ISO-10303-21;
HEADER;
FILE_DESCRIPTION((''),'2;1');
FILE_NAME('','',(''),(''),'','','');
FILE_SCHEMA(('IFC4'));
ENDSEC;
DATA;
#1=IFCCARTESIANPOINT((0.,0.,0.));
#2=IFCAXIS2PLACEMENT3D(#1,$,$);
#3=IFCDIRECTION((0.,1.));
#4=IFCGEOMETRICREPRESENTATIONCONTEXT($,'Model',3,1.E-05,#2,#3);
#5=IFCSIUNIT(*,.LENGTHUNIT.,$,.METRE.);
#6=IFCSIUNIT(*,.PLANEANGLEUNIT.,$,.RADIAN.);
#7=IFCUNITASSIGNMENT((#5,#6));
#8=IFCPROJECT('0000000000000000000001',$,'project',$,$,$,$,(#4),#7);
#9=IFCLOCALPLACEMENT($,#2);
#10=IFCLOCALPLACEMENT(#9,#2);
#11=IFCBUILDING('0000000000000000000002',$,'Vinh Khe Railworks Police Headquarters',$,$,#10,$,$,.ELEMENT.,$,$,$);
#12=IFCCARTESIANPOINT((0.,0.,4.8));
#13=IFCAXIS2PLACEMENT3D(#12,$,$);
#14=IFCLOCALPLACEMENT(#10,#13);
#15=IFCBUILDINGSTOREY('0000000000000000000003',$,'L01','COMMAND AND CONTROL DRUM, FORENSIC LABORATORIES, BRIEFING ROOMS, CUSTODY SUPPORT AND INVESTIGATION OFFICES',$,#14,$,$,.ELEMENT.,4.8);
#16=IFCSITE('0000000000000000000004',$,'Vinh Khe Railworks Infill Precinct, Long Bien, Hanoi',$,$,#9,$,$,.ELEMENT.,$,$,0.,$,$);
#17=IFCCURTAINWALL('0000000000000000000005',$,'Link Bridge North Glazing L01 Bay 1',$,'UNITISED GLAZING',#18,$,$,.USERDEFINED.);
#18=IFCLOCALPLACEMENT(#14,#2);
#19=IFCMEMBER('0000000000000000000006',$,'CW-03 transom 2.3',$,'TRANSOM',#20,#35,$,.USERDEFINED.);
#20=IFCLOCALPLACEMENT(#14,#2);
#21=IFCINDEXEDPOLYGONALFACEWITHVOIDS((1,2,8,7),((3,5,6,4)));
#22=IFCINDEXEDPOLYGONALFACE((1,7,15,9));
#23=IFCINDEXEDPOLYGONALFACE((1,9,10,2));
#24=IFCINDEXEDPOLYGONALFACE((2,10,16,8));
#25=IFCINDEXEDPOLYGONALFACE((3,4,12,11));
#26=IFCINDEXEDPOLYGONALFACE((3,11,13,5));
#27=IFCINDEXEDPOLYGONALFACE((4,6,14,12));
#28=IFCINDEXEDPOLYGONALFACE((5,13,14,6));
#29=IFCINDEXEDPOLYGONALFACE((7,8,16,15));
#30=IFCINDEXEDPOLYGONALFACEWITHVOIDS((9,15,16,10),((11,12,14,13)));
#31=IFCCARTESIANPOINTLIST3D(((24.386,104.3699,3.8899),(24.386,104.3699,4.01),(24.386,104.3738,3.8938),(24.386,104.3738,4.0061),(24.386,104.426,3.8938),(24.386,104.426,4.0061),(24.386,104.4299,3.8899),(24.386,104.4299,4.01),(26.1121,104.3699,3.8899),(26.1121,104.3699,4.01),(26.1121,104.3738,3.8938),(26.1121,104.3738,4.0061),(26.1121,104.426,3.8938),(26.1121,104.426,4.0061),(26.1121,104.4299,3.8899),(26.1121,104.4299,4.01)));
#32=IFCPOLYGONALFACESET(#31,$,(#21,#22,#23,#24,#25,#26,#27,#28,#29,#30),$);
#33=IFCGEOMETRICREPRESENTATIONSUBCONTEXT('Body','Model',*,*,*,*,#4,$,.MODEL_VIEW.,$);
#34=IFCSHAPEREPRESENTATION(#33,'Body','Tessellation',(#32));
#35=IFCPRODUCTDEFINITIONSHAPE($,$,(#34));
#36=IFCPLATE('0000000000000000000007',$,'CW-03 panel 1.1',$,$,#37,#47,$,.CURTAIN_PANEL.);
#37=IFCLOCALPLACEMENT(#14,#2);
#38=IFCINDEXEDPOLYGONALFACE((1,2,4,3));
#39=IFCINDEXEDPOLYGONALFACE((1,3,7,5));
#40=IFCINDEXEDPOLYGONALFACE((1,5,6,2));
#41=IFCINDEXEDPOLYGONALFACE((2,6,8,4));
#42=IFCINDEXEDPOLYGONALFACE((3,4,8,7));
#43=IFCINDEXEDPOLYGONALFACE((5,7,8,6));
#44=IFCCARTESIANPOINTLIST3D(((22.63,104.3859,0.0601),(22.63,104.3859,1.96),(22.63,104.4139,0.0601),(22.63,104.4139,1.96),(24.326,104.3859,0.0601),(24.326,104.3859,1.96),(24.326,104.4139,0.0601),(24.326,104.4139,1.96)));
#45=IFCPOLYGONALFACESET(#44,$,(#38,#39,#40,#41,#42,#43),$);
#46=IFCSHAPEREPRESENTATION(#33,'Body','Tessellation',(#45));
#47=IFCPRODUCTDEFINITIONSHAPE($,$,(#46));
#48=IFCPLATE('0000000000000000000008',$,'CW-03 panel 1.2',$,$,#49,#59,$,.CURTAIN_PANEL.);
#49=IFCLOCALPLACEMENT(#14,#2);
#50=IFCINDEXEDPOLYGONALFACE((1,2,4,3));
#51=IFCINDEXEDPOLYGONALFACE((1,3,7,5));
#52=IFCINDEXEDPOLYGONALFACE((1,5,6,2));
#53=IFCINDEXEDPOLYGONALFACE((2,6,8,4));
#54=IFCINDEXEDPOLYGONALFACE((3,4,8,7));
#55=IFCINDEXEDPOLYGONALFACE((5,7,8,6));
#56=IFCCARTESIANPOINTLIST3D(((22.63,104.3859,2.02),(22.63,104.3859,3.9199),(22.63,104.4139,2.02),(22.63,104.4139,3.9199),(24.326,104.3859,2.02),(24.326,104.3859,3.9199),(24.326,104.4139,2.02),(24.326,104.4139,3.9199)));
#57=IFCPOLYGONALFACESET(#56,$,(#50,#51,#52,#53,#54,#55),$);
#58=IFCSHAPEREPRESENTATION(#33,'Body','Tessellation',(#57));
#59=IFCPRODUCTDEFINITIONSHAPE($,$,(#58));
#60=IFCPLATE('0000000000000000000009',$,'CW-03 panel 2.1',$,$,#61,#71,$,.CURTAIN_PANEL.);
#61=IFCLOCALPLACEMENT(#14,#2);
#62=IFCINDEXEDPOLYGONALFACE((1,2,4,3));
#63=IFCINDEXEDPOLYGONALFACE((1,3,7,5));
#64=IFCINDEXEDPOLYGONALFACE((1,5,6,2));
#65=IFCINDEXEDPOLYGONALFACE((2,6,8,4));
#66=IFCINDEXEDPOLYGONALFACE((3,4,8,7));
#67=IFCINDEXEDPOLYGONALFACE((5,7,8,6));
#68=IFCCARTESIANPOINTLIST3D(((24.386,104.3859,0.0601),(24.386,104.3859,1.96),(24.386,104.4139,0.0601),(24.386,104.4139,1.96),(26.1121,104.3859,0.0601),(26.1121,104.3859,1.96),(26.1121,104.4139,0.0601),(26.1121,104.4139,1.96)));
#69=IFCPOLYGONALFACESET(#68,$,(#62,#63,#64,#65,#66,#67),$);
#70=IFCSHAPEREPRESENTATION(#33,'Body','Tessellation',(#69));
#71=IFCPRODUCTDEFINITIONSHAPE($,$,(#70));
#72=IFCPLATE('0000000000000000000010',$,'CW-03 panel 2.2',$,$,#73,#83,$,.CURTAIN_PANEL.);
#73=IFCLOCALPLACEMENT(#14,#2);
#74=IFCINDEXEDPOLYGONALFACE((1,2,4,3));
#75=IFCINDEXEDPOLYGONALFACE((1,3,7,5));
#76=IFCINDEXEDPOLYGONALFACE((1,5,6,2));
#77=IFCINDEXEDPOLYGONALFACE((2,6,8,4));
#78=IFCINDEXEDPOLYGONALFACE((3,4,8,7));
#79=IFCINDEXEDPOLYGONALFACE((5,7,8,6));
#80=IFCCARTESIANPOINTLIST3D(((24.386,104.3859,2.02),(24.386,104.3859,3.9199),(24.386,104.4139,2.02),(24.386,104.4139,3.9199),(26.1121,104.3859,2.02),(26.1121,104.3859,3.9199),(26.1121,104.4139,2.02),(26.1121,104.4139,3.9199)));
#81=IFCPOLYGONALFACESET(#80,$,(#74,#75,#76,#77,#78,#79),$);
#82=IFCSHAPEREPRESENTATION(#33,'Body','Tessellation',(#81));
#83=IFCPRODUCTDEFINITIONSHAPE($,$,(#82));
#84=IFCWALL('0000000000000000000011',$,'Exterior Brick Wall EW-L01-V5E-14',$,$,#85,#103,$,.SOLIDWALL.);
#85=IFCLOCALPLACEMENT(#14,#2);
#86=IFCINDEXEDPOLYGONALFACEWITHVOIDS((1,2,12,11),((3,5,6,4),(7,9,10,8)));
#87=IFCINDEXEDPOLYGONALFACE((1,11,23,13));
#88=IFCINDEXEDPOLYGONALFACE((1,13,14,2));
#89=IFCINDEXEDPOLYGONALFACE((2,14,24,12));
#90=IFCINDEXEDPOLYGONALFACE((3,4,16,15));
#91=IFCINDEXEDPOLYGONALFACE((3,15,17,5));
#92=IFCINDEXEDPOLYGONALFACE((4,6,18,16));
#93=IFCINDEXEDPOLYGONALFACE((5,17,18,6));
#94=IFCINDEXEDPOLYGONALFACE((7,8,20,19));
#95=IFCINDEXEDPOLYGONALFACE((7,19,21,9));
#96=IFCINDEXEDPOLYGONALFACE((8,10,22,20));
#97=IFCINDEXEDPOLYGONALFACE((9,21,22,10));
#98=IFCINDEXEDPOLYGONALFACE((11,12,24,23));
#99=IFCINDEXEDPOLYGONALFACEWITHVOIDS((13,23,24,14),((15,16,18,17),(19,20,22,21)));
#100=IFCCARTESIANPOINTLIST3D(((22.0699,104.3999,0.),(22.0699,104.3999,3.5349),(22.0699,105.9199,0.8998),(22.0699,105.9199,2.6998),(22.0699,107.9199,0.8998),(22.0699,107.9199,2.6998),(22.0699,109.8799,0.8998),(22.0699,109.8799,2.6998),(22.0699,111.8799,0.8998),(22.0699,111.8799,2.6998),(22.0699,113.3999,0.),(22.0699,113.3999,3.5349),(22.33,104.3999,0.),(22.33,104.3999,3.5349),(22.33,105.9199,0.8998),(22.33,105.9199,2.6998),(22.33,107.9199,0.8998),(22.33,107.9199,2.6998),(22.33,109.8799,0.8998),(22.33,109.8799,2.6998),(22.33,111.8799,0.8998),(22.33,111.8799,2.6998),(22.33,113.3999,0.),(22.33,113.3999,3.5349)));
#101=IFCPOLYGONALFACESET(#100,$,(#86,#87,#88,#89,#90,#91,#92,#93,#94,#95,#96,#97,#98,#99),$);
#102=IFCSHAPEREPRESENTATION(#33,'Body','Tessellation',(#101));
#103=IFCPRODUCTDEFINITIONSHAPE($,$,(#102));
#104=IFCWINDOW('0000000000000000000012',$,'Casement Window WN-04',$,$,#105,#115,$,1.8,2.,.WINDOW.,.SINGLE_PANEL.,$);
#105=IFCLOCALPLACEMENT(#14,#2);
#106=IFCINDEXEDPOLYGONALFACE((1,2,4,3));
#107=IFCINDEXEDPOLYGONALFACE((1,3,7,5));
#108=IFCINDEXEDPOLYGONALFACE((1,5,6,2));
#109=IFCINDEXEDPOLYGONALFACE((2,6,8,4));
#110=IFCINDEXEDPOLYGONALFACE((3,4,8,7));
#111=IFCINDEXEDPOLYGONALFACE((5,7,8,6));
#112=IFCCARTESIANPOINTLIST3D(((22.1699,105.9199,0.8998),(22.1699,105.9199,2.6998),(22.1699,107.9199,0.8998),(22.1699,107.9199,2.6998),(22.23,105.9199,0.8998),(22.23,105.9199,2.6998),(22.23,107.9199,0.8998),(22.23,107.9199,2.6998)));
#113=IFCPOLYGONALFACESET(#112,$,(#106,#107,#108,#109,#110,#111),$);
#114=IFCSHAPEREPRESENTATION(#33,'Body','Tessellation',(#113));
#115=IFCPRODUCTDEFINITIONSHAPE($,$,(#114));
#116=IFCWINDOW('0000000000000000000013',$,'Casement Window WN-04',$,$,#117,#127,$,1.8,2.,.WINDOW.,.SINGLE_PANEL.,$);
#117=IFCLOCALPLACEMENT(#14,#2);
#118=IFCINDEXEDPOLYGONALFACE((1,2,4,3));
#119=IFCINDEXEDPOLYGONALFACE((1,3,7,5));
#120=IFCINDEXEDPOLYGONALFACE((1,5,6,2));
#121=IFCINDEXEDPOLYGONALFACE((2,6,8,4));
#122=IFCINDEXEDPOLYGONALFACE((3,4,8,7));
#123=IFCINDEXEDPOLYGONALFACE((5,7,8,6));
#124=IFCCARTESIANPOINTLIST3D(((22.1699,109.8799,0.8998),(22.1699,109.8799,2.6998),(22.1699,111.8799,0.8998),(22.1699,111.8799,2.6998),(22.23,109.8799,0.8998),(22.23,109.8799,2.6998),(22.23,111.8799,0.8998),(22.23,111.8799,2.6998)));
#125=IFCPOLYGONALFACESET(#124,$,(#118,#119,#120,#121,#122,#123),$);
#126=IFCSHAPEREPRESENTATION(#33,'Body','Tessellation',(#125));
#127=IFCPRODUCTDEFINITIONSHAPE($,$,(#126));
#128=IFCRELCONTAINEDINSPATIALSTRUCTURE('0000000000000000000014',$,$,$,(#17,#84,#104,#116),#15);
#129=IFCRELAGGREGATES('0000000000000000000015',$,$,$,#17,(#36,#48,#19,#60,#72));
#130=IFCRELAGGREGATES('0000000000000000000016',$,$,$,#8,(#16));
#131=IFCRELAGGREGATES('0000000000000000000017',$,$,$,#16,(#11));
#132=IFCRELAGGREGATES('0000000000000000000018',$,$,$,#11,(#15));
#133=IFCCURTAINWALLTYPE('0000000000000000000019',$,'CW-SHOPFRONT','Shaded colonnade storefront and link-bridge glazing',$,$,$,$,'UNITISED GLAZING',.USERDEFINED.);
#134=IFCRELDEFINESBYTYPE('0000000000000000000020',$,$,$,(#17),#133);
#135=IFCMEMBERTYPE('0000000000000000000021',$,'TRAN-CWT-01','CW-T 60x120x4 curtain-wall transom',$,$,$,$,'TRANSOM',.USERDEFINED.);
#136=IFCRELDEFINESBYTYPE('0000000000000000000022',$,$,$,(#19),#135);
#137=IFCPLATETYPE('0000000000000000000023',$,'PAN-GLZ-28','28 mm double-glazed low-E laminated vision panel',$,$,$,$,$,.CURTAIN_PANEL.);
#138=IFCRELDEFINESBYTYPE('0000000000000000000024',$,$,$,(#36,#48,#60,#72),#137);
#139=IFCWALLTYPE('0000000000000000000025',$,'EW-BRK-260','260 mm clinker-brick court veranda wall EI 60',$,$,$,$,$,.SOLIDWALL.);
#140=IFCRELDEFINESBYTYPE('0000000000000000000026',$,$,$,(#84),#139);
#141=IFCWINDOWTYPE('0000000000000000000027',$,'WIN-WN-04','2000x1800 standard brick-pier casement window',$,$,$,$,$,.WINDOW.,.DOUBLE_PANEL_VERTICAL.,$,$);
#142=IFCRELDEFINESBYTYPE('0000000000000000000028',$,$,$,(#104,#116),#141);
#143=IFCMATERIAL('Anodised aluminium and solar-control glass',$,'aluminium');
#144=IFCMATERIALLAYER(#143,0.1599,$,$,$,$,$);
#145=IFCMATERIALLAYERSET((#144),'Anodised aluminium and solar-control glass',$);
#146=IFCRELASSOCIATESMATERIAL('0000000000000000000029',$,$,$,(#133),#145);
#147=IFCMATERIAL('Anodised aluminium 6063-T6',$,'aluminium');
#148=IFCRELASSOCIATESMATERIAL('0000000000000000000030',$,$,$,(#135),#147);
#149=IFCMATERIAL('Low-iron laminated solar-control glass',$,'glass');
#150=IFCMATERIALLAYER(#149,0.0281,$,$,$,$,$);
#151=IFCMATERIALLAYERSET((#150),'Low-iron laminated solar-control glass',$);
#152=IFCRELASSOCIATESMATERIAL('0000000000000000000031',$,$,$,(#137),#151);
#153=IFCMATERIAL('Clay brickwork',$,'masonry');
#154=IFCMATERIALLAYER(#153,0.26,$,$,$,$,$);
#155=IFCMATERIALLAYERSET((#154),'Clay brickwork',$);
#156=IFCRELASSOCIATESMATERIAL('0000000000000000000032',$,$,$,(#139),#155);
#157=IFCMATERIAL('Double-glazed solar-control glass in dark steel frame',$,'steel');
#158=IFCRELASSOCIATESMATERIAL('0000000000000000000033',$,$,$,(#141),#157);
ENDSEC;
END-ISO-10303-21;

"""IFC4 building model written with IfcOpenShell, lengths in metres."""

from ifc_helpers import new_model, si_unit, direction, frame, frame_2d, origin, origin_2d, place, context, subcontext, project, spatial, rectangle, hollow_rectangle, extrude, material, layer, layer_set, material_profile, profile_set, type_object, element, fill, aggregate, save


model = new_model("IFC4")

# Units and contexts
model_context = context("Model", 3, precision=1e-05, world=origin(), true_north=direction((0.0, 1.0)))
body_context = subcontext(model_context, "Body", "Model", "MODEL_VIEW")
ifc_project = project(units=[si_unit("LENGTHUNIT", "METRE"), si_unit("PLANEANGLEUNIT", "RADIAN")], contexts=[model_context])

# Site, building, storey
site_placement = place(None, origin())
site = spatial("IfcSite", under=ifc_project, at=site_placement, Name="Vinh Khe Railworks Infill Precinct, Long Bien, Hanoi", CompositionType="ELEMENT", RefElevation=0.0)
building_placement = place(site_placement, origin())
building = spatial("IfcBuilding", under=site, at=building_placement, Name="Vinh Khe Railworks Police Headquarters", CompositionType="ELEMENT")
storey_placement = place(building_placement, frame((0.0, 0.0, 4.8)))
storey = spatial("IfcBuildingStorey", under=building, at=storey_placement, Name="L01", Description="COMMAND AND CONTROL DRUM, FORENSIC LABORATORIES, BRIEFING ROOMS, CUSTODY SUPPORT AND INVESTIGATION OFFICES", CompositionType="ELEMENT", Elevation=4.8)

# Shared definitions
ifc_material_1 = material(Name="Anodised aluminium and solar-control glass", Category="aluminium")
ifc_layer_1 = layer(ifc_material_1, 0.1599)
ifc_layer_set_1 = layer_set([ifc_layer_1], Name="Anodised aluminium and solar-control glass")
curtain_wall_type = type_object("IfcCurtainWallType", Name="CW-SHOPFRONT", Description="Shaded colonnade storefront and link-bridge glazing", ElementType="UNITISED GLAZING", PredefinedType="USERDEFINED", material=ifc_layer_set_1)
ifc_material_2 = material(Name="Anodised aluminium 6063-T6", Category="aluminium")

# Curtain wall
curtain_wall_1_placement = place(storey_placement, origin())
curtain_wall_1 = element("IfcCurtainWall", 1, at=curtain_wall_1_placement, inside=storey, type_object=curtain_wall_type, Name="Link Bridge North Glazing L01 Bay 1", ObjectType="UNITISED GLAZING", PredefinedType="USERDEFINED")

# Member
ifc_material_profile_1 = material_profile(ifc_material_2, hollow_rectangle(XDim=0.0601, YDim=0.1201, WallThickness=0.0039, at=origin_2d()), Name="CW-T 60x120x4")
ifc_profile_set_1 = profile_set([ifc_material_profile_1], Name="Anodised aluminium 6063-T6")
member_type_1 = type_object("IfcMemberType", Name="TRAN-CWT-01", Description="CW-T 60x120x4 curtain-wall transom", ElementType="TRANSOM", PredefinedType="USERDEFINED", material=ifc_profile_set_1)
member_1_placement = place(storey_placement, frame((24.386, 104.3999, 3.95), z_axis=(1.0, 0.0, 0.0), x_axis=(0.0, 1.0, 0.0)))
member_1 = element("IfcMember", 2, at=member_1_placement, type_object=member_type_1, Name="CW-03 transom 2.3", ObjectType="TRANSOM", PredefinedType="USERDEFINED", context=body_context, shape_type="SweptSolid", body=[
    extrude(hollow_rectangle(XDim=0.0601, YDim=0.1201, WallThickness=0.0039, at=origin_2d()), origin(), (0.0, 0.0, 1.0), 1.7261),
])

# Plates
ifc_material_3 = material(Name="Low-iron laminated solar-control glass", Category="glass")
ifc_layer_2 = layer(ifc_material_3, 0.0281)
ifc_layer_set_2 = layer_set([ifc_layer_2], Name="Low-iron laminated solar-control glass")
plate_type = type_object("IfcPlateType", Name="PAN-GLZ-28", Description="28 mm double-glazed low-E laminated vision panel", PredefinedType="CURTAIN_PANEL", material=ifc_layer_set_2)
plate_1_placement = place(storey_placement, frame((23.478, 104.3999, 0.0601), z_axis=(0.0, 0.0, 1.0), x_axis=(1.0, 0.0, 0.0)))
plate_1 = element("IfcPlate", 3, at=plate_1_placement, type_object=plate_type, Name="CW-03 panel 1.1", PredefinedType="CURTAIN_PANEL", context=body_context, shape_type="SweptSolid", body=[
    extrude(rectangle(XDim=1.696, YDim=0.0281, at=origin_2d()), origin(), (0.0, 0.0, 1.0), 1.8999),
])
plate_2_placement = place(storey_placement, frame((23.478, 104.3999, 2.02), z_axis=(0.0, 0.0, 1.0), x_axis=(1.0, 0.0, 0.0)))
plate_2 = element("IfcPlate", 4, at=plate_2_placement, type_object=plate_type, Name="CW-03 panel 1.2", PredefinedType="CURTAIN_PANEL", context=body_context, shape_type="SweptSolid", body=[
    extrude(rectangle(XDim=1.696, YDim=0.0281, at=origin_2d()), origin(), (0.0, 0.0, 1.0), 1.8999),
])
plate_3_placement = place(storey_placement, frame((25.249, 104.3999, 0.0601), z_axis=(0.0, 0.0, 1.0), x_axis=(1.0, 0.0, 0.0)))
plate_3 = element("IfcPlate", 5, at=plate_3_placement, type_object=plate_type, Name="CW-03 panel 2.1", PredefinedType="CURTAIN_PANEL", context=body_context, shape_type="SweptSolid", body=[
    extrude(rectangle(XDim=1.7261, YDim=0.0281, at=origin_2d()), origin(), (0.0, 0.0, 1.0), 1.8999),
])
plate_4_placement = place(storey_placement, frame((25.249, 104.3999, 2.02), z_axis=(0.0, 0.0, 1.0), x_axis=(1.0, 0.0, 0.0)))
plate_4 = element("IfcPlate", 6, at=plate_4_placement, type_object=plate_type, Name="CW-03 panel 2.2", PredefinedType="CURTAIN_PANEL", context=body_context, shape_type="SweptSolid", body=[
    extrude(rectangle(XDim=1.7261, YDim=0.0281, at=origin_2d()), origin(), (0.0, 0.0, 1.0), 1.8999),
])
aggregate(curtain_wall_1, [plate_1, plate_2, member_1, plate_3, plate_4])

# Wall, openings, windows
ifc_material_4 = material(Name="Clay brickwork", Category="masonry")
ifc_layer_3 = layer(ifc_material_4, 0.26)
ifc_layer_set_3 = layer_set([ifc_layer_3], Name="Clay brickwork")
wall_type = type_object("IfcWallType", Name="EW-BRK-260", Description="260 mm clinker-brick court veranda wall EI 60", PredefinedType="SOLIDWALL", material=ifc_layer_set_3)
wall_placement = place(storey_placement, frame((22.2, 104.3999, 0.0), z_axis=(0.0, 0.0, 1.0), x_axis=(0.0, 1.0, 0.0)))
wall = element("IfcWall", 7, at=wall_placement, inside=storey, type_object=wall_type, Name="Exterior Brick Wall EW-L01-V5E-14", PredefinedType="SOLIDWALL", context=body_context, shape_type="SweptSolid", body=[
    extrude(rectangle(XDim=9.0, YDim=0.26, at=frame_2d((4.5, 0.0))), origin(), (0.0, 0.0, 1.0), 3.5349),
])
opening_1_placement = place(wall_placement, frame((1.52, 0.0, 0.8999)))
opening_1 = element("IfcOpeningElement", 8, at=opening_1_placement, cuts=wall, PredefinedType="OPENING", context=body_context, shape_type="SweptSolid", body=[
    extrude(rectangle(XDim=2.0, YDim=1.8, at=frame_2d((1.0, 0.8999))), frame((0.0, 0.145, 0.0), z_axis=(0.0, -1.0, 0.0), x_axis=(1.0, 0.0, 0.0)), (0.0, 0.0, 1.0), 0.2898),
])
opening_2_placement = place(wall_placement, frame((5.48, 0.0, 0.8999)))
opening_2 = element("IfcOpeningElement", 9, at=opening_2_placement, cuts=wall, PredefinedType="OPENING", context=body_context, shape_type="SweptSolid", body=[
    extrude(rectangle(XDim=2.0, YDim=1.8, at=frame_2d((1.0, 0.8999))), frame((0.0, 0.145, 0.0), z_axis=(0.0, -1.0, 0.0), x_axis=(1.0, 0.0, 0.0)), (0.0, 0.0, 1.0), 0.2898),
])
ifc_material_5 = material(Name="Double-glazed solar-control glass in dark steel frame", Category="steel")
window_type = type_object("IfcWindowType", Name="WIN-WN-04", Description="2000x1800 standard brick-pier casement window", PartitioningType="DOUBLE_PANEL_VERTICAL", PredefinedType="WINDOW", material=ifc_material_5)
window_1_placement = place(opening_1_placement, origin())
window_1 = element("IfcWindow", 10, at=window_1_placement, inside=storey, type_object=window_type, Name="Casement Window WN-04", OverallHeight=1.8, OverallWidth=2.0, PartitioningType="SINGLE_PANEL", PredefinedType="WINDOW", context=body_context, shape_type="SweptSolid", body=[
    extrude(rectangle(XDim=2.0, YDim=1.8, at=frame_2d((1.0, 0.8999))), frame((0.0, 0.03, 0.0), z_axis=(0.0, -1.0, 0.0), x_axis=(1.0, 0.0, 0.0)), (0.0, 0.0, 1.0), 0.0601),
])
fill(opening_1, window_1)
window_2_placement = place(opening_2_placement, origin())
window_2 = element("IfcWindow", 11, at=window_2_placement, inside=storey, type_object=window_type, Name="Casement Window WN-04", OverallHeight=1.8, OverallWidth=2.0, PartitioningType="SINGLE_PANEL", PredefinedType="WINDOW", context=body_context, shape_type="SweptSolid", body=[
    extrude(rectangle(XDim=2.0, YDim=1.8, at=frame_2d((1.0, 0.8999))), frame((0.0, 0.03, 0.0), z_axis=(0.0, -1.0, 0.0), x_axis=(1.0, 0.0, 0.0)), (0.0, 0.0, 1.0), 0.0601),
])
fill(opening_2, window_2)

save(model, "model.ifc")
